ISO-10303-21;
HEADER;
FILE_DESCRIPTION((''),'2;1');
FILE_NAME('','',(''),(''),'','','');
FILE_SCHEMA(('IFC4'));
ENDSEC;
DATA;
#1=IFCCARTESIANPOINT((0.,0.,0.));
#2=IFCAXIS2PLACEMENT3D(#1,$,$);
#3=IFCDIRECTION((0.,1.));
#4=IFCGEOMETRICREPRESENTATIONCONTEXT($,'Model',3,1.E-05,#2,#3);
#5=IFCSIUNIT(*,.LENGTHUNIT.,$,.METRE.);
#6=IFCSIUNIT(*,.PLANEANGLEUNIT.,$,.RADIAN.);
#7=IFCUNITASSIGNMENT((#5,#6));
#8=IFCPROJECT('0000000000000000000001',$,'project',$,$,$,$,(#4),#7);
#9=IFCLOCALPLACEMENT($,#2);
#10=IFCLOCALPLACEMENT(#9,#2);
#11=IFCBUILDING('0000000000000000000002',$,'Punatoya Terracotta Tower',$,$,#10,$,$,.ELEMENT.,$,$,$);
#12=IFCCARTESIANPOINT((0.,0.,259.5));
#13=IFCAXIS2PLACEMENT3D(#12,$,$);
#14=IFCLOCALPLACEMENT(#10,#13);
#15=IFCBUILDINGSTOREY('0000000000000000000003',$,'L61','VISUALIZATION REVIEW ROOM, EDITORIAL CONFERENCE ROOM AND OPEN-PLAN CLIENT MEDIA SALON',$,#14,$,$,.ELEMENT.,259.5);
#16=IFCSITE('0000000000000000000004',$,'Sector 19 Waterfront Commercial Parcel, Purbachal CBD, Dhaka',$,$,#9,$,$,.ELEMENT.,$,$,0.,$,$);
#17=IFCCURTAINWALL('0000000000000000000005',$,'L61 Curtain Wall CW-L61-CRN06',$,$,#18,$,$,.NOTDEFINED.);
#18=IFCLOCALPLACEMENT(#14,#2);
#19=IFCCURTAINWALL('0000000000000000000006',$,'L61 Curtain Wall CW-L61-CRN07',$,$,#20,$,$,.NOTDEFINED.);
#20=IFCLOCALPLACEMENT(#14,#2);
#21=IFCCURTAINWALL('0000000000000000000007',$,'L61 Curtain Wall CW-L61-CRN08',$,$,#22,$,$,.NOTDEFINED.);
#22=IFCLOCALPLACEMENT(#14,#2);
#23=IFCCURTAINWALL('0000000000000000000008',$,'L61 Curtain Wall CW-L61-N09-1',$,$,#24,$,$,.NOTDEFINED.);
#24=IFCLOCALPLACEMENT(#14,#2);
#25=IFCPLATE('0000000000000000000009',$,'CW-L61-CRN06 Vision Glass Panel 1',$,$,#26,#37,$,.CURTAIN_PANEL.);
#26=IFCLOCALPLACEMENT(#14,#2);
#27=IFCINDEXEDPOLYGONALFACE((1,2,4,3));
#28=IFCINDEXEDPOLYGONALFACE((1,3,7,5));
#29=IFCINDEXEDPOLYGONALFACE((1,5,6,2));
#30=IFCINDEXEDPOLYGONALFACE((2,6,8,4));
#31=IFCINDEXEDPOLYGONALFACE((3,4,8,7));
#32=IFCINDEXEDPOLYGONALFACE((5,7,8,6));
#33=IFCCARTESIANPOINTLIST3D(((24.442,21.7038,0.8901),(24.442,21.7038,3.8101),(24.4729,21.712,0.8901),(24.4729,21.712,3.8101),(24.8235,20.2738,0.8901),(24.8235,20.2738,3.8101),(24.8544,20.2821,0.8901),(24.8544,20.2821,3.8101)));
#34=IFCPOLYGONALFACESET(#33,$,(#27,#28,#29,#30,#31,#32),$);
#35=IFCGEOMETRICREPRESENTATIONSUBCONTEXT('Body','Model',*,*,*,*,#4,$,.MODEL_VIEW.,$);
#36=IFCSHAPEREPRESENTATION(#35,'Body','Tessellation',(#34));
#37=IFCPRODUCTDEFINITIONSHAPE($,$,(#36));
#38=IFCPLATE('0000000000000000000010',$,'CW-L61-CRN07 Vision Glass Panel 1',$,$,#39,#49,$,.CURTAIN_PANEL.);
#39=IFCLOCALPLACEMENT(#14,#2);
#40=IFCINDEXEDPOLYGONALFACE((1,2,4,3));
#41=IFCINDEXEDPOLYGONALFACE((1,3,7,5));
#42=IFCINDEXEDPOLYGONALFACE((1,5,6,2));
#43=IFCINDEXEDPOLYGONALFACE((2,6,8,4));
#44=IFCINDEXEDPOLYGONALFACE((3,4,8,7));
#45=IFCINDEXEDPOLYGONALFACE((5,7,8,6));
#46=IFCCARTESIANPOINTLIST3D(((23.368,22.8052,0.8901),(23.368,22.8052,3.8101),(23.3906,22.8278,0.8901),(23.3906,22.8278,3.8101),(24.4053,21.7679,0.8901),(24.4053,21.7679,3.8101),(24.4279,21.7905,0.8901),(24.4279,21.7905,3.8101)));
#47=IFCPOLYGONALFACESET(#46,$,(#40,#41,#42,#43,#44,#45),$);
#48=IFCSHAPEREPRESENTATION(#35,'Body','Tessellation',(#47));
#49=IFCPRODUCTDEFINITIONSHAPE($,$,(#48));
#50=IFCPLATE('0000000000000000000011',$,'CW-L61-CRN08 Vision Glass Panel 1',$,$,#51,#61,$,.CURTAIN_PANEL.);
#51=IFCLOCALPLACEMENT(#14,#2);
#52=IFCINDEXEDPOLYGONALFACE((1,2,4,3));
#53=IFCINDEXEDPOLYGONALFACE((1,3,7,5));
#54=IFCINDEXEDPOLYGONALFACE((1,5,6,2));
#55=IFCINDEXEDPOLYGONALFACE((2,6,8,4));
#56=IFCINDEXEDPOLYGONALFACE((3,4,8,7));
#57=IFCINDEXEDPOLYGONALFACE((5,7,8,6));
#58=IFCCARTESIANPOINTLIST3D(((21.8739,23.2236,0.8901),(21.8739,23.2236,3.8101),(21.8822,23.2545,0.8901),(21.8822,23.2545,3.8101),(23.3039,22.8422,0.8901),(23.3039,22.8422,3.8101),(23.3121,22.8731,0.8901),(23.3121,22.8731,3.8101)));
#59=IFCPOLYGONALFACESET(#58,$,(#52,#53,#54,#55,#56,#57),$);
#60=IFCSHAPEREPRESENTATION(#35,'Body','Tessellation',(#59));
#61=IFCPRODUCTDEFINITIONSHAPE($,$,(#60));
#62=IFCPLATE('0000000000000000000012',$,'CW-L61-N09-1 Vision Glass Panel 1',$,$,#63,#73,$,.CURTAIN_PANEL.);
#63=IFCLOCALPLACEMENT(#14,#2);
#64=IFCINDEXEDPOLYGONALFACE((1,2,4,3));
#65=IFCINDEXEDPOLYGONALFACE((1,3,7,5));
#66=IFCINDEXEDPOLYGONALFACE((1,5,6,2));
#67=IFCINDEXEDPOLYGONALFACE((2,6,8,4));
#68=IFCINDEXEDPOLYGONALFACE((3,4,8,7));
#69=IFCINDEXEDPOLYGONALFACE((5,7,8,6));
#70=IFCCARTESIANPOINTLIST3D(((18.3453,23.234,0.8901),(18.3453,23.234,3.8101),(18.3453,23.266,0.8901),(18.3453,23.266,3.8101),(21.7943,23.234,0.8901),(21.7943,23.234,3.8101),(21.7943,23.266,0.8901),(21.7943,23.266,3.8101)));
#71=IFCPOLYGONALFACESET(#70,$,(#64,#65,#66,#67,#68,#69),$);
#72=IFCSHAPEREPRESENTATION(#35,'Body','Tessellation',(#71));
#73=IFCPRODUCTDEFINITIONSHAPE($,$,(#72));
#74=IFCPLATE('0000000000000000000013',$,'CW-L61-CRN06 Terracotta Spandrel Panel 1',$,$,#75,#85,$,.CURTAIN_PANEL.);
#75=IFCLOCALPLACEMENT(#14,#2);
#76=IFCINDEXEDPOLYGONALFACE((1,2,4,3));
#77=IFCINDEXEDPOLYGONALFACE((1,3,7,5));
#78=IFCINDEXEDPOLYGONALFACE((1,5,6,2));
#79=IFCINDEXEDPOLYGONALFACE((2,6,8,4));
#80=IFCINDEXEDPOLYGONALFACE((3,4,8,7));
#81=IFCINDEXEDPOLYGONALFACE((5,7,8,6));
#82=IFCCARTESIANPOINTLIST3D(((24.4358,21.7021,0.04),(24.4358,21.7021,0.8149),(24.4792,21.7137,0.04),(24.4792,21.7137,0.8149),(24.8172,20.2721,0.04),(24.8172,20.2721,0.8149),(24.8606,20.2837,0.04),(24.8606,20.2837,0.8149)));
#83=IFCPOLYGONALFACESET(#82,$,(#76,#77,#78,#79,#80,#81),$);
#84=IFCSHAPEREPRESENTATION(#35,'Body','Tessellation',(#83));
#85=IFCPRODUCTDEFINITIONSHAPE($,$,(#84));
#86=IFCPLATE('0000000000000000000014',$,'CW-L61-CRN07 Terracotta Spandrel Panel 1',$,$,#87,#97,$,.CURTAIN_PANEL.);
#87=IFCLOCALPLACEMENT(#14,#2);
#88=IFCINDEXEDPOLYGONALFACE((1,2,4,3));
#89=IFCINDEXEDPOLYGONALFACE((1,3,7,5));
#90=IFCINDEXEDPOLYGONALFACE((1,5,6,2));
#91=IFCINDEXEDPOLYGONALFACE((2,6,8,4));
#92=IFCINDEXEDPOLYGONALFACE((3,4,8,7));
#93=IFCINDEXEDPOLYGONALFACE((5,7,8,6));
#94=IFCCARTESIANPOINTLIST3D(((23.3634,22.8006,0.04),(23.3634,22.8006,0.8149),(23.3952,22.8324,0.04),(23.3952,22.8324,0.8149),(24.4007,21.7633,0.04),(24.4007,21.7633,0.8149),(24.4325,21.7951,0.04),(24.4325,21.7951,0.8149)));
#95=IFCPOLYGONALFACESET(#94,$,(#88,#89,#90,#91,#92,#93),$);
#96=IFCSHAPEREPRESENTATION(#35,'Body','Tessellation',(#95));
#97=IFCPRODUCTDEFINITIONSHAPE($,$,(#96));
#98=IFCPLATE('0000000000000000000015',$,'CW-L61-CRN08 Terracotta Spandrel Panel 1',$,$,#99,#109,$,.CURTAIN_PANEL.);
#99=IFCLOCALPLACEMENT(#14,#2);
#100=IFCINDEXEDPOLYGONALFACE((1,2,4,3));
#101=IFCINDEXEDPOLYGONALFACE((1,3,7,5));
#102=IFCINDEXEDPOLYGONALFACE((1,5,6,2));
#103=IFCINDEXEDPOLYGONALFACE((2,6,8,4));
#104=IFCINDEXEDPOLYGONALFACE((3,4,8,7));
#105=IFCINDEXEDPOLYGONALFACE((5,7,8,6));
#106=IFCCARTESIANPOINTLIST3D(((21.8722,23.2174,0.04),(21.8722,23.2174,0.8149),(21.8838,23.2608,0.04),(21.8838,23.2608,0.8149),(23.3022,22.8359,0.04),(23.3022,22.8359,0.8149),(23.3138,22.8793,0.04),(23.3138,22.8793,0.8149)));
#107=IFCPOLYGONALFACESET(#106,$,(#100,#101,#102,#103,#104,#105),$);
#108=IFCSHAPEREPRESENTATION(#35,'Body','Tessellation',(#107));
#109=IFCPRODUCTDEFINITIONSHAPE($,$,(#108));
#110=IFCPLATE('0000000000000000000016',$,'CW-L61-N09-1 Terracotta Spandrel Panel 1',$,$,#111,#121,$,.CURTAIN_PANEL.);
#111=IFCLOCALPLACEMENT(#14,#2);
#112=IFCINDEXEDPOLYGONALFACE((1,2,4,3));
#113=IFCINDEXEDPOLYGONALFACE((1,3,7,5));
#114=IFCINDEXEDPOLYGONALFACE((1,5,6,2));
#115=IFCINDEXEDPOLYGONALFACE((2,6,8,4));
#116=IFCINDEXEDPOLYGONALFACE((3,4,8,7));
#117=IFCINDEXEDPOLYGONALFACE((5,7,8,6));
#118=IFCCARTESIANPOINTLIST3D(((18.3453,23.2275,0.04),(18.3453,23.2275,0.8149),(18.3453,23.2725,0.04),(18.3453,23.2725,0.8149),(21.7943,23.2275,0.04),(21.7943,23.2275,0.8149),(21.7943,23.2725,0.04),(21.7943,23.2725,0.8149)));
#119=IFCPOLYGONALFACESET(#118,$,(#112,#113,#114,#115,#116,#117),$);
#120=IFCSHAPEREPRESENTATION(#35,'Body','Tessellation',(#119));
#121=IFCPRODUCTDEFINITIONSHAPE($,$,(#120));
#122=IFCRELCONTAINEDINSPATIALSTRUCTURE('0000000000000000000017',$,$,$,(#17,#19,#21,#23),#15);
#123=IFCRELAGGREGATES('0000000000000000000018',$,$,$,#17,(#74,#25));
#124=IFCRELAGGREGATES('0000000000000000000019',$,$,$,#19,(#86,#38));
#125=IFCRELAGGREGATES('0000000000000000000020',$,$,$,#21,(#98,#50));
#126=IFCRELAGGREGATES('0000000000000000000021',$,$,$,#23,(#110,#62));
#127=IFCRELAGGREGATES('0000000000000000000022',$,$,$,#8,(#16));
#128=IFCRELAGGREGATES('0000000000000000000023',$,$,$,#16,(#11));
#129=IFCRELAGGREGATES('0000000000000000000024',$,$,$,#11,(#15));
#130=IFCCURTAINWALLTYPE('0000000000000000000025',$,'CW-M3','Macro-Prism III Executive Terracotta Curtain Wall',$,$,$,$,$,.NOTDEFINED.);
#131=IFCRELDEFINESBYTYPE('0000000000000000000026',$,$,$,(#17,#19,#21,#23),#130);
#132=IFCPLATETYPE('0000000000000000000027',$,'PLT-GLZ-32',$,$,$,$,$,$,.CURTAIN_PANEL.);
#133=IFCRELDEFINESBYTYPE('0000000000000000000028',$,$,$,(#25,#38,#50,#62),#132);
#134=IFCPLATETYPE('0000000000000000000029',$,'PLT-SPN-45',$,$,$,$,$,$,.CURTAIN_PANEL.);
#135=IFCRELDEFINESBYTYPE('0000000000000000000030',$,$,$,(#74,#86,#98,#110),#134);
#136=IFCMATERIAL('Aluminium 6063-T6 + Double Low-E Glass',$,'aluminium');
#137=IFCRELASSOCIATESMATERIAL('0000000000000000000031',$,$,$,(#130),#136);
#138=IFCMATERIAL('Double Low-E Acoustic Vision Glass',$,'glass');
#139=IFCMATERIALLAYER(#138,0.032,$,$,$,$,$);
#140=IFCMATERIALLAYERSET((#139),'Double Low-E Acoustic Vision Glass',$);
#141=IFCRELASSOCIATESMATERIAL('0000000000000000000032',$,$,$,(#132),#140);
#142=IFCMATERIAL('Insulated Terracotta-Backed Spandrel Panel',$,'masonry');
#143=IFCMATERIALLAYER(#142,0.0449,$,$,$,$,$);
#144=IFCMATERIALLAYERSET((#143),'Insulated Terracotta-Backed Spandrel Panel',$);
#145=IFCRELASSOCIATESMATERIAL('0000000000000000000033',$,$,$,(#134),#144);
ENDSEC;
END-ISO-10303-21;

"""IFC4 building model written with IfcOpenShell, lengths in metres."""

from ifc_helpers import new_model, si_unit, direction, frame, origin, origin_2d, place, context, subcontext, project, spatial, rectangle, extrude, material, layer, layer_set, type_object, element, aggregate, save


model = new_model("IFC4")

# Units and contexts
model_context = context("Model", 3, precision=1e-05, world=origin(), true_north=direction((0.0, 1.0)))
body_context = subcontext(model_context, "Body", "Model", "MODEL_VIEW")
ifc_project = project(units=[si_unit("LENGTHUNIT", "METRE"), si_unit("PLANEANGLEUNIT", "RADIAN")], contexts=[model_context])

# Site, building, storey
site_placement = place(None, origin())
site = spatial("IfcSite", under=ifc_project, at=site_placement, Name="Sector 19 Waterfront Commercial Parcel, Purbachal CBD, Dhaka", CompositionType="ELEMENT", RefElevation=0.0)
building_placement = place(site_placement, origin())
building = spatial("IfcBuilding", under=site, at=building_placement, Name="Punatoya Terracotta Tower", CompositionType="ELEMENT")
storey_placement = place(building_placement, frame((0.0, 0.0, 259.5)))
storey = spatial("IfcBuildingStorey", under=building, at=storey_placement, Name="L61", Description="VISUALIZATION REVIEW ROOM, EDITORIAL CONFERENCE ROOM AND OPEN-PLAN CLIENT MEDIA SALON", CompositionType="ELEMENT", Elevation=259.5)

# Curtain walls
ifc_material_1 = material(Name="Aluminium 6063-T6 + Double Low-E Glass", Category="aluminium")
curtain_wall_type = type_object("IfcCurtainWallType", Name="CW-M3", Description="Macro-Prism III Executive Terracotta Curtain Wall", PredefinedType="NOTDEFINED", material=ifc_material_1)
curtain_wall_1_placement = place(storey_placement, origin())
curtain_wall_1 = element("IfcCurtainWall", 1, at=curtain_wall_1_placement, inside=storey, type_object=curtain_wall_type, Name="L61 Curtain Wall CW-L61-CRN06", PredefinedType="NOTDEFINED")
curtain_wall_2_placement = place(storey_placement, origin())
curtain_wall_2 = element("IfcCurtainWall", 2, at=curtain_wall_2_placement, inside=storey, type_object=curtain_wall_type, Name="L61 Curtain Wall CW-L61-CRN07", PredefinedType="NOTDEFINED")
curtain_wall_3_placement = place(storey_placement, origin())
curtain_wall_3 = element("IfcCurtainWall", 3, at=curtain_wall_3_placement, inside=storey, type_object=curtain_wall_type, Name="L61 Curtain Wall CW-L61-CRN08", PredefinedType="NOTDEFINED")

# Curtain wall
curtain_wall_4_placement = place(storey_placement, origin())
curtain_wall_4 = element("IfcCurtainWall", 4, at=curtain_wall_4_placement, inside=storey, type_object=curtain_wall_type, Name="L61 Curtain Wall CW-L61-N09-1", PredefinedType="NOTDEFINED")

# Plates
ifc_material_2 = material(Name="Double Low-E Acoustic Vision Glass", Category="glass")
ifc_layer_1 = layer(ifc_material_2, 0.032)
ifc_layer_set_1 = layer_set([ifc_layer_1], Name="Double Low-E Acoustic Vision Glass")
plate_type_1 = type_object("IfcPlateType", Name="PLT-GLZ-32", PredefinedType="CURTAIN_PANEL", material=ifc_layer_set_1)
plate_1_placement = place(storey_placement, frame((24.6482, 20.9929, 0.8901), z_axis=(0.0, 0.0, 1.0), x_axis=(-0.257742, 0.966214, 0.0)))
plate_1 = element("IfcPlate", 5, at=plate_1_placement, type_object=plate_type_1, Name="CW-L61-CRN06 Vision Glass Panel 1", PredefinedType="CURTAIN_PANEL", context=body_context, shape_type="SweptSolid", body=[
    extrude(rectangle(XDim=1.48, YDim=0.032, at=origin_2d()), origin(), (0.0, 0.0, 1.0), 2.9199),
])
plate_2_placement = place(storey_placement, frame((23.8979, 22.2979, 0.8901), z_axis=(0.0, 0.0, 1.0), x_axis=(-0.707107, 0.707107, 0.0)))
plate_2 = element("IfcPlate", 6, at=plate_2_placement, type_object=plate_type_1, Name="CW-L61-CRN07 Vision Glass Panel 1", PredefinedType="CURTAIN_PANEL", context=body_context, shape_type="SweptSolid", body=[
    extrude(rectangle(XDim=1.467, YDim=0.032, at=origin_2d()), origin(), (0.0, 0.0, 1.0), 2.9199),
])
plate_3_placement = place(storey_placement, frame((22.593, 23.0483, 0.8901), z_axis=(0.0, 0.0, 1.0), x_axis=(-0.966214, 0.257742, 0.0)))
plate_3 = element("IfcPlate", 7, at=plate_3_placement, type_object=plate_type_1, Name="CW-L61-CRN08 Vision Glass Panel 1", PredefinedType="CURTAIN_PANEL", context=body_context, shape_type="SweptSolid", body=[
    extrude(rectangle(XDim=1.48, YDim=0.032, at=origin_2d()), origin(), (0.0, 0.0, 1.0), 2.9199),
])
plate_4_placement = place(storey_placement, frame((20.0698, 23.25, 0.8901), z_axis=(0.0, 0.0, 1.0), x_axis=(-1.0, 0.0, 0.0)))
plate_4 = element("IfcPlate", 8, at=plate_4_placement, type_object=plate_type_1, Name="CW-L61-N09-1 Vision Glass Panel 1", PredefinedType="CURTAIN_PANEL", context=body_context, shape_type="SweptSolid", body=[
    extrude(rectangle(XDim=3.449, YDim=0.032, at=origin_2d()), origin(), (0.0, 0.0, 1.0), 2.9199),
])
ifc_material_3 = material(Name="Insulated Terracotta-Backed Spandrel Panel", Category="masonry")
ifc_layer_2 = layer(ifc_material_3, 0.0449)
ifc_layer_set_2 = layer_set([ifc_layer_2], Name="Insulated Terracotta-Backed Spandrel Panel")
plate_type_2 = type_object("IfcPlateType", Name="PLT-SPN-45", PredefinedType="CURTAIN_PANEL", material=ifc_layer_set_2)
plate_5_placement = place(storey_placement, frame((24.6482, 20.9929, 0.04), z_axis=(0.0, 0.0, 1.0), x_axis=(-0.257742, 0.966214, 0.0)))
plate_5 = element("IfcPlate", 9, at=plate_5_placement, type_object=plate_type_2, Name="CW-L61-CRN06 Terracotta Spandrel Panel 1", PredefinedType="CURTAIN_PANEL", context=body_context, shape_type="SweptSolid", body=[
    extrude(rectangle(XDim=1.48, YDim=0.0449, at=origin_2d()), origin(), (0.0, 0.0, 1.0), 0.7749),
])
aggregate(curtain_wall_1, [plate_5, plate_1])
plate_6_placement = place(storey_placement, frame((23.8979, 22.2979, 0.04), z_axis=(0.0, 0.0, 1.0), x_axis=(-0.707107, 0.707107, 0.0)))
plate_6 = element("IfcPlate", 10, at=plate_6_placement, type_object=plate_type_2, Name="CW-L61-CRN07 Terracotta Spandrel Panel 1", PredefinedType="CURTAIN_PANEL", context=body_context, shape_type="SweptSolid", body=[
    extrude(rectangle(XDim=1.467, YDim=0.0449, at=origin_2d()), origin(), (0.0, 0.0, 1.0), 0.7749),
])
aggregate(curtain_wall_2, [plate_6, plate_2])
plate_7_placement = place(storey_placement, frame((22.593, 23.0483, 0.04), z_axis=(0.0, 0.0, 1.0), x_axis=(-0.966214, 0.257742, 0.0)))
plate_7 = element("IfcPlate", 11, at=plate_7_placement, type_object=plate_type_2, Name="CW-L61-CRN08 Terracotta Spandrel Panel 1", PredefinedType="CURTAIN_PANEL", context=body_context, shape_type="SweptSolid", body=[
    extrude(rectangle(XDim=1.48, YDim=0.0449, at=origin_2d()), origin(), (0.0, 0.0, 1.0), 0.7749),
])
aggregate(curtain_wall_3, [plate_7, plate_3])
plate_8_placement = place(storey_placement, frame((20.0698, 23.25, 0.04), z_axis=(0.0, 0.0, 1.0), x_axis=(-1.0, 0.0, 0.0)))
plate_8 = element("IfcPlate", 12, at=plate_8_placement, type_object=plate_type_2, Name="CW-L61-N09-1 Terracotta Spandrel Panel 1", PredefinedType="CURTAIN_PANEL", context=body_context, shape_type="SweptSolid", body=[
    extrude(rectangle(XDim=3.449, YDim=0.0449, at=origin_2d()), origin(), (0.0, 0.0, 1.0), 0.7749),
])
aggregate(curtain_wall_4, [plate_8, plate_4])

save(model, "model.ifc")
